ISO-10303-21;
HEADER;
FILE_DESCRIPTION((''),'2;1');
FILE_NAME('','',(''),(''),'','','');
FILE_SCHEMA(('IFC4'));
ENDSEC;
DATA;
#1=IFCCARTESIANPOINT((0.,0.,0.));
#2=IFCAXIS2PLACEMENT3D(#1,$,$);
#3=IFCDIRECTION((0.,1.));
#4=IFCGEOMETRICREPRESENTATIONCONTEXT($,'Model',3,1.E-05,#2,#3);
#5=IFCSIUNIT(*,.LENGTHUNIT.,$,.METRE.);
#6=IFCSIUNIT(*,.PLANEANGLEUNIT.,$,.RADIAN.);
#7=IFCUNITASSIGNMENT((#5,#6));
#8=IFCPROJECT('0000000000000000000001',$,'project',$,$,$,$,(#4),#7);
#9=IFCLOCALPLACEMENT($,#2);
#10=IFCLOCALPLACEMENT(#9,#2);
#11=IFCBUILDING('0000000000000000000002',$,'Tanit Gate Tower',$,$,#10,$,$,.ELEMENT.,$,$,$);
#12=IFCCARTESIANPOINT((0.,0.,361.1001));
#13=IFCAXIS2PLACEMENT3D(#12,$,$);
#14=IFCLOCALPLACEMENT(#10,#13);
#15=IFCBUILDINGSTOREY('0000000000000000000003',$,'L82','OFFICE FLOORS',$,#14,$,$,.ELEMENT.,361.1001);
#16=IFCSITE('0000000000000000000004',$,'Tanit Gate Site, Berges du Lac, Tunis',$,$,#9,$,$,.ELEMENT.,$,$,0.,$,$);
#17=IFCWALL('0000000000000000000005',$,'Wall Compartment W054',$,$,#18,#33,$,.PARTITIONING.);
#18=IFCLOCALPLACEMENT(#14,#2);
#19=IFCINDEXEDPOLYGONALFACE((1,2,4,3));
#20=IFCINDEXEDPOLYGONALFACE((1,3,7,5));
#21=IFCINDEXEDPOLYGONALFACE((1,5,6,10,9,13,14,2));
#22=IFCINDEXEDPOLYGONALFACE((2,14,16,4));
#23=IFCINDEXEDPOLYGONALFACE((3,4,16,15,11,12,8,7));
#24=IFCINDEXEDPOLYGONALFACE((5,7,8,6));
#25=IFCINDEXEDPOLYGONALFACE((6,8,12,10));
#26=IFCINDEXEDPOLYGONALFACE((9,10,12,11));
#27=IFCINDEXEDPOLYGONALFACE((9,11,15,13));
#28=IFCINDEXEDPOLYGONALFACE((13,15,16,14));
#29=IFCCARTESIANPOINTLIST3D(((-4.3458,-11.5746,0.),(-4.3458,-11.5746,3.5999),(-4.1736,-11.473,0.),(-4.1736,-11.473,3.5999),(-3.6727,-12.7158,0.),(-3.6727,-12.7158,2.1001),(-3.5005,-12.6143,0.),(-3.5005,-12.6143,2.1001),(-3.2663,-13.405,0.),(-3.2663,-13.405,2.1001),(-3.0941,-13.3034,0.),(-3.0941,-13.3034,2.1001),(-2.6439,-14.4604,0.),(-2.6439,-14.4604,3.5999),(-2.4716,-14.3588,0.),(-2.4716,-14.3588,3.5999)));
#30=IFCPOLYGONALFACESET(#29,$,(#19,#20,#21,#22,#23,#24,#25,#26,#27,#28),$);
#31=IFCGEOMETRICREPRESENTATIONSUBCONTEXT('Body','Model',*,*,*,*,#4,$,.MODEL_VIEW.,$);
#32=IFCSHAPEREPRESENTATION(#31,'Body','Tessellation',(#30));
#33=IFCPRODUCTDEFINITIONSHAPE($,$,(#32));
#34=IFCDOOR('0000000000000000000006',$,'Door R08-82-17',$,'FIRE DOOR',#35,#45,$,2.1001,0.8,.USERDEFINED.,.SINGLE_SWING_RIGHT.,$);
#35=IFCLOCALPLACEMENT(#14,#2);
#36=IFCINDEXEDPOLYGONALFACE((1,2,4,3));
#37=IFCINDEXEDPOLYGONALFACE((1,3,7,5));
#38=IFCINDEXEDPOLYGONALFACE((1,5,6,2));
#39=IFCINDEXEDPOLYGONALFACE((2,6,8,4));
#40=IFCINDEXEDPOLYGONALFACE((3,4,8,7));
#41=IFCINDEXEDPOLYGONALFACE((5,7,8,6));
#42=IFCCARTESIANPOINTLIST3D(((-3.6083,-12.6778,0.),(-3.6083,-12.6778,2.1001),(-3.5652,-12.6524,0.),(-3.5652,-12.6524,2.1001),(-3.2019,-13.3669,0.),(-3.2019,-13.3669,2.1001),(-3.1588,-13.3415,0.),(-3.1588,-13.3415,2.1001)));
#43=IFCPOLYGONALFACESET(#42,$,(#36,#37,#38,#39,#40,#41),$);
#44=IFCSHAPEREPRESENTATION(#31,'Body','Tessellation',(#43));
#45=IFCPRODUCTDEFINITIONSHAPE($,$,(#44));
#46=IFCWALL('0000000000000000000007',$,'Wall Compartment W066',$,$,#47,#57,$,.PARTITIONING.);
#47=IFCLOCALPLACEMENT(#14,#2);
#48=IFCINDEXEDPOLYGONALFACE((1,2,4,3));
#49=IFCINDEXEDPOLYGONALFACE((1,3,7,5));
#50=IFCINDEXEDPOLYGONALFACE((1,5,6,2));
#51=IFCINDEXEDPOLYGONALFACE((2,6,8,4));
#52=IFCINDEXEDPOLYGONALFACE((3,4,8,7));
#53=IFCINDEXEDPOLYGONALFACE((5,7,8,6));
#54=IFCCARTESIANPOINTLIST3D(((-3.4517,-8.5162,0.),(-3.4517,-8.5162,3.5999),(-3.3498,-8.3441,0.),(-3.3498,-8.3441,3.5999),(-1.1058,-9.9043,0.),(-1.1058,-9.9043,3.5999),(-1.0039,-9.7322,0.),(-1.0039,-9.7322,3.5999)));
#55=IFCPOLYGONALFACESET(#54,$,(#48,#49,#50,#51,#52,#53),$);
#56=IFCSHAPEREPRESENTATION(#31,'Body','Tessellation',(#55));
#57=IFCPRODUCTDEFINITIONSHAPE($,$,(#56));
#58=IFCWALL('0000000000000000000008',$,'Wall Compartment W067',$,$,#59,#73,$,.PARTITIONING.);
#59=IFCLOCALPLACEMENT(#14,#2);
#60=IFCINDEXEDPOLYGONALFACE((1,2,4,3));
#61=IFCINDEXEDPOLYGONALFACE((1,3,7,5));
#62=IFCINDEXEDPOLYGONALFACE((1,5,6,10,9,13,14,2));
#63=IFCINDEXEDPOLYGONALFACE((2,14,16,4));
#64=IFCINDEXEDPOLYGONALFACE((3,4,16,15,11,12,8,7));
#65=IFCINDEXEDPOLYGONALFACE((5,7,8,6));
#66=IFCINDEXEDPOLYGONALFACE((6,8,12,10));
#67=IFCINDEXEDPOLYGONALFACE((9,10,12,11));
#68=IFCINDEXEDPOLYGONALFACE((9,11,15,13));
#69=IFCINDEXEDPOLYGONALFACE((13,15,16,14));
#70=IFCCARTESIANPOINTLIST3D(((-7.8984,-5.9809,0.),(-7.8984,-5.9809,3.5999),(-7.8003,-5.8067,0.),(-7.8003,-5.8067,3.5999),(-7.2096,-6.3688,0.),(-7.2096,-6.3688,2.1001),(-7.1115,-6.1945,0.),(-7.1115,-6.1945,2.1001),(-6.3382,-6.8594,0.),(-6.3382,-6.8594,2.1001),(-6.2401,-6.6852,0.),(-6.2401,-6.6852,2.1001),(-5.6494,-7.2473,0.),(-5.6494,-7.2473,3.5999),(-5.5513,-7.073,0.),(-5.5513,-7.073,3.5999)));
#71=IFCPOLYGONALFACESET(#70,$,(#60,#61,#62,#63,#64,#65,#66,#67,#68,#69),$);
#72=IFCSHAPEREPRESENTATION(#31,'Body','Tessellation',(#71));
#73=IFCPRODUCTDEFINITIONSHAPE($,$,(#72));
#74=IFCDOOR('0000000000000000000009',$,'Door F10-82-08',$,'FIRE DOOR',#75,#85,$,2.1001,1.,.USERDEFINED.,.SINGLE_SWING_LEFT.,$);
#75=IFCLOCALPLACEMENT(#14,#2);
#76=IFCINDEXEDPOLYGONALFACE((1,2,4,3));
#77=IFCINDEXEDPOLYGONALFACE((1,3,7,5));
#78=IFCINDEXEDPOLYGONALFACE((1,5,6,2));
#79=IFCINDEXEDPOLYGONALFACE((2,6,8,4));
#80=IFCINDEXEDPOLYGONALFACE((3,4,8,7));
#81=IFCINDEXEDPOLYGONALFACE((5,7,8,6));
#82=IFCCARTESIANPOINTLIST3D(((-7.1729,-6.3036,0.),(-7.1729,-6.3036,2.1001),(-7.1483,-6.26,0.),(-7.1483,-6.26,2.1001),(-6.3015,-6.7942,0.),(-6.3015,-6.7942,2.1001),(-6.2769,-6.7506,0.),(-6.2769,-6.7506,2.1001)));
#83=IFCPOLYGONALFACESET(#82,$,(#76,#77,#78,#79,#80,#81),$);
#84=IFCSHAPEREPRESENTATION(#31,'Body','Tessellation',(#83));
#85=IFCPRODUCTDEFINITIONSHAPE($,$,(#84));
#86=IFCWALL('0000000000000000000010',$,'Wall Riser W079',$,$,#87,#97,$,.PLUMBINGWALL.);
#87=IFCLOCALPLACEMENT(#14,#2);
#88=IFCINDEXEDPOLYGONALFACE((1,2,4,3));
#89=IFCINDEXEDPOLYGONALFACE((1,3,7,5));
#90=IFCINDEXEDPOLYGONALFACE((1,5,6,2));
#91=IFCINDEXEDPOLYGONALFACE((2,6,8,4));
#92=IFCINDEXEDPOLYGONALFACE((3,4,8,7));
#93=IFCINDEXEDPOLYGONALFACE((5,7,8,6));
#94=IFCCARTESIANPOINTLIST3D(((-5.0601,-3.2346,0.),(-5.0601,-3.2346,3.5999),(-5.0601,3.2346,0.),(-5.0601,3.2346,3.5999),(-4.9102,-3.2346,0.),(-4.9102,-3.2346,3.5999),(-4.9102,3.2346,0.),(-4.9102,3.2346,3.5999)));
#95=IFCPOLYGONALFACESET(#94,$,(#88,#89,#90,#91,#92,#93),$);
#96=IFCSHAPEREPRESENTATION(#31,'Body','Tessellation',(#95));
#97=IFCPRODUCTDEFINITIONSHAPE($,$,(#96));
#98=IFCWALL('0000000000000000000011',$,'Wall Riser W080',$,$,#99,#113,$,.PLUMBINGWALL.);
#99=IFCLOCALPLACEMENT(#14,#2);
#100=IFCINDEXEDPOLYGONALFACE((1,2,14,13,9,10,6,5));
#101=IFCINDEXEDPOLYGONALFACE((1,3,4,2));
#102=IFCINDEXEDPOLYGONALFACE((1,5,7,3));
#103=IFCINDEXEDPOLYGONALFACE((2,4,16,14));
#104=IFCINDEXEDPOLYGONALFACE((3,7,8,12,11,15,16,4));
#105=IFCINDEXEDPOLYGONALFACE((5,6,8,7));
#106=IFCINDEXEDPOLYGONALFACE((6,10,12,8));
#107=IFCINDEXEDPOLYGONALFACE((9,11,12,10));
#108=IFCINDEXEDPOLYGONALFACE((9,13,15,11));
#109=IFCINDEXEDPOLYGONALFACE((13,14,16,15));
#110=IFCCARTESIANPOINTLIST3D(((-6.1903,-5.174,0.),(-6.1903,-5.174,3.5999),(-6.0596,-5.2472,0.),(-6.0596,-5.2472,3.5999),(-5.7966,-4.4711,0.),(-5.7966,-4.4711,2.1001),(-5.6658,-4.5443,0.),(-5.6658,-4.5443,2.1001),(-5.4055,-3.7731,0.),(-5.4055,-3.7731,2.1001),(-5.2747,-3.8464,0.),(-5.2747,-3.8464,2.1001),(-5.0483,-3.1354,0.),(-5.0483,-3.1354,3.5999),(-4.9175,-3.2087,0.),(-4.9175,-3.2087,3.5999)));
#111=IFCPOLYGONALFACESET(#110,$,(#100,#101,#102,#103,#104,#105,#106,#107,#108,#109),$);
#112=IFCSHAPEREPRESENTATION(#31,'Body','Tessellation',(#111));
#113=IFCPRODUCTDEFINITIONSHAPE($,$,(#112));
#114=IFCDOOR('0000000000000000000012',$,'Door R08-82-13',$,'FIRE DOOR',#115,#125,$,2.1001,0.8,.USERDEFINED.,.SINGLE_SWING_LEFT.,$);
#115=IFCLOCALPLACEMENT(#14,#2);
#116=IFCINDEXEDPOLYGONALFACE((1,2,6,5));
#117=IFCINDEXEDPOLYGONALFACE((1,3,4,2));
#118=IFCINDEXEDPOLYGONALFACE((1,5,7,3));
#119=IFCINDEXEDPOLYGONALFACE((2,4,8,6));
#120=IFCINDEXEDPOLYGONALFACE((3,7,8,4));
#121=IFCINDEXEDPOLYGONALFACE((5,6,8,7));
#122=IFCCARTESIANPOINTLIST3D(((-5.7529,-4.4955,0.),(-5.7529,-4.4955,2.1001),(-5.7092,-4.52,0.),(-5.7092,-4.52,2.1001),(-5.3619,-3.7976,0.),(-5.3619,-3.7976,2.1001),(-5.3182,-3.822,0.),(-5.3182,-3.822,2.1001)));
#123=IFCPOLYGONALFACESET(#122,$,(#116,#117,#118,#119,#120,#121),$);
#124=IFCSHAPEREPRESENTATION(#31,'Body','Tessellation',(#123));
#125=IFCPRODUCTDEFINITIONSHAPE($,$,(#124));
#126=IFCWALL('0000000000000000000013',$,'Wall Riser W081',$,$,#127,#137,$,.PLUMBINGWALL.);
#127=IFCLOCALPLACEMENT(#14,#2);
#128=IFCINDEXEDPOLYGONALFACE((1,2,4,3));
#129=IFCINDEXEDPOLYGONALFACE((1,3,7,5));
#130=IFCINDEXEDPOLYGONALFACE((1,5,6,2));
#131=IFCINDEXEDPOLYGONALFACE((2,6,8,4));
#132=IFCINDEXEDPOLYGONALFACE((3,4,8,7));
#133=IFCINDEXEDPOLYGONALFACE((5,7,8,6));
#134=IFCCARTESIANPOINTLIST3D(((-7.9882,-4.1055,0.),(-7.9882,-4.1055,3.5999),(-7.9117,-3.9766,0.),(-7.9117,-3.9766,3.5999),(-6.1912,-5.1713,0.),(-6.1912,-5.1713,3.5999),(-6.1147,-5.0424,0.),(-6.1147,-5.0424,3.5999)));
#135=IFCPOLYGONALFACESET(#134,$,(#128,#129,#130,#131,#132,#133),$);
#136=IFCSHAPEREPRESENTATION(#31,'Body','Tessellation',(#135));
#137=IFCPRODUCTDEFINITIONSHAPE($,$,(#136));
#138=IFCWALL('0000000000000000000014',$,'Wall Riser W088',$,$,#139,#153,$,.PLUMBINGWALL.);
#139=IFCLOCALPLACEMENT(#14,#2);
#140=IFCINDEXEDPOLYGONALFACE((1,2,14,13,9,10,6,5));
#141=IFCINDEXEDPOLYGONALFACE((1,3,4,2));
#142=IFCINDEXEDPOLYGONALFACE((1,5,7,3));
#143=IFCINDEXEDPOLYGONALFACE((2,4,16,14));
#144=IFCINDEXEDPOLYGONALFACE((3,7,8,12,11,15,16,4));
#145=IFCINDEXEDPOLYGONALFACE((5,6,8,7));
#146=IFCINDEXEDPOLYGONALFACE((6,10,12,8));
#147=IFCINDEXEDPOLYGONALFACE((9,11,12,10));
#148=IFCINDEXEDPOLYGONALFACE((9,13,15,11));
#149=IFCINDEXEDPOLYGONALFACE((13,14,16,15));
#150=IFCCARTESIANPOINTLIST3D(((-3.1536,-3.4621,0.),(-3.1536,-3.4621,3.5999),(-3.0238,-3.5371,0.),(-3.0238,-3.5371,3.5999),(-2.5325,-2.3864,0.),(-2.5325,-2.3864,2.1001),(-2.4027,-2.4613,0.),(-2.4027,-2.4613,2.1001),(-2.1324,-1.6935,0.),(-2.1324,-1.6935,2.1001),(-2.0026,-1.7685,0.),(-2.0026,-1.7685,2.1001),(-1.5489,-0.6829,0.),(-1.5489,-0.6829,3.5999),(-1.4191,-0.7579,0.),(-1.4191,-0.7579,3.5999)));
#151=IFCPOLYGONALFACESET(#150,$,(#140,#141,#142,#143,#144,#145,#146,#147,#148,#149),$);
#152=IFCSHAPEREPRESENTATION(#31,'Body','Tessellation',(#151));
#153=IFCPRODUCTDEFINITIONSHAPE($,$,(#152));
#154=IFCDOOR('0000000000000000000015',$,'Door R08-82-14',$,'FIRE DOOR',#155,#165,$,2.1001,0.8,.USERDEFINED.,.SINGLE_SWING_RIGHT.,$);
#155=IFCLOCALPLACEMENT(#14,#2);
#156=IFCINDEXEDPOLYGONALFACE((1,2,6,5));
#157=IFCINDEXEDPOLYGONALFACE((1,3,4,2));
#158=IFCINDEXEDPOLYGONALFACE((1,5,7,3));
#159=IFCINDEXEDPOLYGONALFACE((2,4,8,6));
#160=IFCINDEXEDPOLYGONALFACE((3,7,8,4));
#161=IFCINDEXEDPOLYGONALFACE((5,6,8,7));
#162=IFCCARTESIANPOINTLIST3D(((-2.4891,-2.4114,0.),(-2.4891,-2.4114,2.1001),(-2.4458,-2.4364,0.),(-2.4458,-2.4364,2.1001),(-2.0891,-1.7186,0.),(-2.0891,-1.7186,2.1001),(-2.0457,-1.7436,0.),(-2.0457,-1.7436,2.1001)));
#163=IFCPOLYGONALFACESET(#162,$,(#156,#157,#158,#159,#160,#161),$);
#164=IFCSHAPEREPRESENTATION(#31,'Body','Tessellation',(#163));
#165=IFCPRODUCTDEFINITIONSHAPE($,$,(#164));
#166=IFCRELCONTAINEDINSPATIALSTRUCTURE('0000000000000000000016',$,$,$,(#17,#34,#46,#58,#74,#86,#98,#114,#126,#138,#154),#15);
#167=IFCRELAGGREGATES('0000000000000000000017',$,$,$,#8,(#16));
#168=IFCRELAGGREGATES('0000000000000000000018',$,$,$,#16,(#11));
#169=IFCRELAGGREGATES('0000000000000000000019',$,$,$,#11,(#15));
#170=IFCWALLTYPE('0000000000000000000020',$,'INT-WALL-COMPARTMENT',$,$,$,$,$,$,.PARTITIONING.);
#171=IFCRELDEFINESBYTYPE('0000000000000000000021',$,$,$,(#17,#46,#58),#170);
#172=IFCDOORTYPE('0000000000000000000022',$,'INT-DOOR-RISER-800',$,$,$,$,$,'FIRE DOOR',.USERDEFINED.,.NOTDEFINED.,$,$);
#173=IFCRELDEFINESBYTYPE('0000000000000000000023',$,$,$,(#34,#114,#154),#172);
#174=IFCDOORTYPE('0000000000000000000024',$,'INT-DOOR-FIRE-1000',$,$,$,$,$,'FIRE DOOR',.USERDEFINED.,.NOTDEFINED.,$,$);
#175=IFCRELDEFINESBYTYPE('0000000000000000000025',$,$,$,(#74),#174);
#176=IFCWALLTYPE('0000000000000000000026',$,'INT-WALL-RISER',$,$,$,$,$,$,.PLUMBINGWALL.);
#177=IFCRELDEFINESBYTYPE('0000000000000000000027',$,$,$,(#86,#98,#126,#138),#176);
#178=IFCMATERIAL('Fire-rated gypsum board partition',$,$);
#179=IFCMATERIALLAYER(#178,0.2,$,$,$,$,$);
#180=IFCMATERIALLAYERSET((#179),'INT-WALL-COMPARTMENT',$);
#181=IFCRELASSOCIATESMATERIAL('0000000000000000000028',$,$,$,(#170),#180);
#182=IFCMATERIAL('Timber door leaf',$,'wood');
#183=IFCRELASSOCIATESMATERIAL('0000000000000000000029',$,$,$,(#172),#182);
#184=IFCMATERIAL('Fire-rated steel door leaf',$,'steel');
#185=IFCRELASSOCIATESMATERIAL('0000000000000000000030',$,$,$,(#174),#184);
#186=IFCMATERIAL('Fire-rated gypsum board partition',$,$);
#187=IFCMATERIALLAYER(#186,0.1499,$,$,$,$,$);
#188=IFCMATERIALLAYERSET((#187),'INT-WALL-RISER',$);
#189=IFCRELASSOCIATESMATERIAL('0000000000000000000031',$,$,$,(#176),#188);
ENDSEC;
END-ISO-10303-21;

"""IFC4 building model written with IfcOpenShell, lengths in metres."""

from ifc_helpers import new_model, si_unit, direction, frame, frame_2d, origin, place, context, subcontext, project, spatial, rectangle, extrude, material, layer, layer_set, type_object, element, fill, save


model = new_model("IFC4")

# Units and contexts
model_context = context("Model", 3, precision=1e-05, world=origin(), true_north=direction((0.0, 1.0)))
body_context = subcontext(model_context, "Body", "Model", "MODEL_VIEW")
ifc_project = project(units=[si_unit("LENGTHUNIT", "METRE"), si_unit("PLANEANGLEUNIT", "RADIAN")], contexts=[model_context])

# Site, building, storey
site_placement = place(None, origin())
site = spatial("IfcSite", under=ifc_project, at=site_placement, Name="Tanit Gate Site, Berges du Lac, Tunis", CompositionType="ELEMENT", RefElevation=0.0)
building_placement = place(site_placement, origin())
building = spatial("IfcBuilding", under=site, at=building_placement, Name="Tanit Gate Tower", CompositionType="ELEMENT")
storey_placement = place(building_placement, frame((0.0, 0.0, 361.1001)))
storey = spatial("IfcBuildingStorey", under=building, at=storey_placement, Name="L82", Description="OFFICE FLOORS", CompositionType="ELEMENT", Elevation=361.1001)

# Wall, opening, door
ifc_material_1 = material(Name="Fire-rated gypsum board partition")
ifc_layer_1 = layer(ifc_material_1, 0.2)
ifc_layer_set_1 = layer_set([ifc_layer_1], Name="INT-WALL-COMPARTMENT")
wall_type_1 = type_object("IfcWallType", Name="INT-WALL-COMPARTMENT", PredefinedType="PARTITIONING", material=ifc_layer_set_1)
wall_1_placement = place(storey_placement, frame((-4.2598, -11.5237, 0.0), z_axis=(0.0, 0.0, 1.0), x_axis=(0.507997, -0.861359, 0.0)))
wall_1 = element("IfcWall", 1, at=wall_1_placement, inside=storey, type_object=wall_type_1, Name="Wall Compartment W054", PredefinedType="PARTITIONING", context=body_context, shape_type="SweptSolid", body=[
    extrude(rectangle(XDim=3.3503, YDim=0.2, at=frame_2d((1.6753, 0.0))), origin(), (0.0, 0.0, 1.0), 3.5999),
])
opening_1_placement = place(wall_1_placement, frame((1.3252, 0.0, 0.0)))
opening_1 = element("IfcOpeningElement", 2, at=opening_1_placement, cuts=wall_1, PredefinedType="OPENING", context=body_context, shape_type="SweptSolid", body=[
    extrude(rectangle(XDim=0.8, YDim=2.1001, at=frame_2d((0.3999, 1.05))), frame((0.0, 0.1099, 0.0), z_axis=(0.0, -1.0, 0.0), x_axis=(1.0, 0.0, 0.0)), (0.0, 0.0, 1.0), 0.22),
])
ifc_material_2 = material(Name="Timber door leaf", Category="wood")
door_type_1 = type_object("IfcDoorType", Name="INT-DOOR-RISER-800", ElementType="FIRE DOOR", OperationType="NOTDEFINED", PredefinedType="USERDEFINED", material=ifc_material_2)
door_1_placement = place(opening_1_placement, origin())
door_1 = element("IfcDoor", 3, at=door_1_placement, inside=storey, type_object=door_type_1, Name="Door R08-82-17", ObjectType="FIRE DOOR", OperationType="SINGLE_SWING_RIGHT", OverallHeight=2.1001, OverallWidth=0.8, PredefinedType="USERDEFINED", context=body_context, shape_type="SweptSolid", body=[
    extrude(rectangle(XDim=0.8, YDim=2.1001, at=frame_2d((0.3999, 1.05))), frame((0.0, 0.0249, 0.0), z_axis=(0.0, -1.0, 0.0), x_axis=(1.0, 0.0, 0.0)), (0.0, 0.0, 1.0), 0.05),
])
fill(opening_1, door_1)

# Wall
wall_2_placement = place(storey_placement, frame((-3.4006, -8.4302, 0.0), z_axis=(0.0, 0.0, 1.0), x_axis=(0.860614, -0.509257, 0.0)))
element("IfcWall", 4, at=wall_2_placement, inside=storey, type_object=wall_type_1, Name="Wall Compartment W066", PredefinedType="PARTITIONING", context=body_context, shape_type="SweptSolid", body=[
    extrude(rectangle(XDim=2.7258, YDim=0.2, at=frame_2d((1.3628, 0.0))), origin(), (0.0, 0.0, 1.0), 3.5999),
])

# Wall, opening, door
wall_3_placement = place(storey_placement, frame((-7.8494, -5.8938, 0.0), z_axis=(0.0, 0.0, 1.0), x_axis=(0.871363, -0.490638, 0.0)))
wall_3 = element("IfcWall", 5, at=wall_3_placement, inside=storey, type_object=wall_type_1, Name="Wall Compartment W067", PredefinedType="PARTITIONING", context=body_context, shape_type="SweptSolid", body=[
    extrude(rectangle(XDim=2.5811, YDim=0.2, at=frame_2d((1.2905, 0.0))), origin(), (0.0, 0.0, 1.0), 3.5999),
])
opening_2_placement = place(wall_3_placement, frame((0.7905, 0.0, 0.0)))
opening_2 = element("IfcOpeningElement", 6, at=opening_2_placement, cuts=wall_3, PredefinedType="OPENING", context=body_context, shape_type="SweptSolid", body=[
    extrude(rectangle(XDim=1.0, YDim=2.1001, at=frame_2d((0.5, 1.05))), frame((0.0, 0.1099, 0.0), z_axis=(0.0, -1.0, 0.0), x_axis=(1.0, 0.0, 0.0)), (0.0, 0.0, 1.0), 0.22),
])
ifc_material_3 = material(Name="Fire-rated steel door leaf", Category="steel")
door_type_2 = type_object("IfcDoorType", Name="INT-DOOR-FIRE-1000", ElementType="FIRE DOOR", OperationType="NOTDEFINED", PredefinedType="USERDEFINED", material=ifc_material_3)
door_2_placement = place(opening_2_placement, origin())
door_2 = element("IfcDoor", 7, at=door_2_placement, inside=storey, type_object=door_type_2, Name="Door F10-82-08", ObjectType="FIRE DOOR", OperationType="SINGLE_SWING_LEFT", OverallHeight=2.1001, OverallWidth=1.0, PredefinedType="USERDEFINED", context=body_context, shape_type="SweptSolid", body=[
    extrude(rectangle(XDim=1.0, YDim=2.1001, at=frame_2d((0.5, 1.05))), frame((0.0, 0.0249, 0.0), z_axis=(0.0, -1.0, 0.0), x_axis=(1.0, 0.0, 0.0)), (0.0, 0.0, 1.0), 0.05),
])
fill(opening_2, door_2)

# Wall
ifc_material_4 = material(Name="Fire-rated gypsum board partition")
ifc_layer_2 = layer(ifc_material_4, 0.1499)
ifc_layer_set_2 = layer_set([ifc_layer_2], Name="INT-WALL-RISER")
wall_type_2 = type_object("IfcWallType", Name="INT-WALL-RISER", PredefinedType="PLUMBINGWALL", material=ifc_layer_set_2)
wall_4_placement = place(storey_placement, frame((-4.9851, -3.2346, 0.0), z_axis=(0.0, 0.0, 1.0), x_axis=(0.0, 1.0, 0.0)))
element("IfcWall", 8, at=wall_4_placement, inside=storey, type_object=wall_type_2, Name="Wall Riser W079", PredefinedType="PLUMBINGWALL", context=body_context, shape_type="SweptSolid", body=[
    extrude(rectangle(XDim=6.4692, YDim=0.1499, at=frame_2d((3.2346, 0.0))), origin(), (0.0, 0.0, 1.0), 3.5999),
])

# Wall, opening, door
wall_5_placement = place(storey_placement, frame((-6.125, -5.2107, 0.0), z_axis=(0.0, 0.0, 1.0), x_axis=(0.488762, 0.872417, 0.0)))
wall_5 = element("IfcWall", 9, at=wall_5_placement, inside=storey, type_object=wall_type_2, Name="Wall Riser W080", PredefinedType="PLUMBINGWALL", context=body_context, shape_type="SweptSolid", body=[
    extrude(rectangle(XDim=2.3367, YDim=0.1499, at=frame_2d((1.1685, 0.0))), origin(), (0.0, 0.0, 1.0), 3.5999),
])
opening_3_placement = place(wall_5_placement, frame((0.8059, 0.0, 0.0)))
opening_3 = element("IfcOpeningElement", 10, at=opening_3_placement, cuts=wall_5, PredefinedType="OPENING", context=body_context, shape_type="SweptSolid", body=[
    extrude(rectangle(XDim=0.8, YDim=2.1001, at=frame_2d((0.3999, 1.05))), frame((0.0, 0.085, 0.0), z_axis=(0.0, -1.0, 0.0), x_axis=(1.0, 0.0, 0.0)), (0.0, 0.0, 1.0), 0.1699),
])
door_3_placement = place(opening_3_placement, origin())
door_3 = element("IfcDoor", 11, at=door_3_placement, inside=storey, type_object=door_type_1, Name="Door R08-82-13", ObjectType="FIRE DOOR", OperationType="SINGLE_SWING_LEFT", OverallHeight=2.1001, OverallWidth=0.8, PredefinedType="USERDEFINED", context=body_context, shape_type="SweptSolid", body=[
    extrude(rectangle(XDim=0.8, YDim=2.1001, at=frame_2d((0.3999, 1.05))), frame((0.0, 0.0249, 0.0), z_axis=(0.0, -1.0, 0.0), x_axis=(1.0, 0.0, 0.0)), (0.0, 0.0, 1.0), 0.05),
])
fill(opening_3, door_3)

# Wall
wall_6_placement = place(storey_placement, frame((-7.95, -4.041, 0.0), z_axis=(0.0, 0.0, 1.0), x_axis=(0.86009, -0.510142, 0.0)))
element("IfcWall", 12, at=wall_6_placement, inside=storey, type_object=wall_type_2, Name="Wall Riser W081", PredefinedType="PLUMBINGWALL", context=body_context, shape_type="SweptSolid", body=[
    extrude(rectangle(XDim=2.0894, YDim=0.1499, at=frame_2d((1.0447, 0.0))), origin(), (0.0, 0.0, 1.0), 3.5999),
])

# Wall, opening, door
wall_7_placement = place(storey_placement, frame((-3.0886, -3.4995, 0.0), z_axis=(0.0, 0.0, 1.0), x_axis=(0.500025, 0.866011, 0.0)))
wall_7 = element("IfcWall", 13, at=wall_7_placement, inside=storey, type_object=wall_type_2, Name="Wall Riser W088", PredefinedType="PLUMBINGWALL", context=body_context, shape_type="SweptSolid", body=[
    extrude(rectangle(XDim=3.2092, YDim=0.1499, at=frame_2d((1.6045, 0.0))), origin(), (0.0, 0.0, 1.0), 3.5999),
])
opening_4_placement = place(wall_7_placement, frame((1.2422, 0.0, 0.0)))
opening_4 = element("IfcOpeningElement", 14, at=opening_4_placement, cuts=wall_7, PredefinedType="OPENING", context=body_context, shape_type="SweptSolid", body=[
    extrude(rectangle(XDim=0.8, YDim=2.1001, at=frame_2d((0.3999, 1.05))), frame((0.0, 0.085, 0.0), z_axis=(0.0, -1.0, 0.0), x_axis=(1.0, 0.0, 0.0)), (0.0, 0.0, 1.0), 0.1699),
])
door_4_placement = place(opening_4_placement, origin())
door_4 = element("IfcDoor", 15, at=door_4_placement, inside=storey, type_object=door_type_1, Name="Door R08-82-14", ObjectType="FIRE DOOR", OperationType="SINGLE_SWING_RIGHT", OverallHeight=2.1001, OverallWidth=0.8, PredefinedType="USERDEFINED", context=body_context, shape_type="SweptSolid", body=[
    extrude(rectangle(XDim=0.8, YDim=2.1001, at=frame_2d((0.3999, 1.05))), frame((0.0, 0.0249, 0.0), z_axis=(0.0, -1.0, 0.0), x_axis=(1.0, 0.0, 0.0)), (0.0, 0.0, 1.0), 0.05),
])
fill(opening_4, door_4)

save(model, "model.ifc")
